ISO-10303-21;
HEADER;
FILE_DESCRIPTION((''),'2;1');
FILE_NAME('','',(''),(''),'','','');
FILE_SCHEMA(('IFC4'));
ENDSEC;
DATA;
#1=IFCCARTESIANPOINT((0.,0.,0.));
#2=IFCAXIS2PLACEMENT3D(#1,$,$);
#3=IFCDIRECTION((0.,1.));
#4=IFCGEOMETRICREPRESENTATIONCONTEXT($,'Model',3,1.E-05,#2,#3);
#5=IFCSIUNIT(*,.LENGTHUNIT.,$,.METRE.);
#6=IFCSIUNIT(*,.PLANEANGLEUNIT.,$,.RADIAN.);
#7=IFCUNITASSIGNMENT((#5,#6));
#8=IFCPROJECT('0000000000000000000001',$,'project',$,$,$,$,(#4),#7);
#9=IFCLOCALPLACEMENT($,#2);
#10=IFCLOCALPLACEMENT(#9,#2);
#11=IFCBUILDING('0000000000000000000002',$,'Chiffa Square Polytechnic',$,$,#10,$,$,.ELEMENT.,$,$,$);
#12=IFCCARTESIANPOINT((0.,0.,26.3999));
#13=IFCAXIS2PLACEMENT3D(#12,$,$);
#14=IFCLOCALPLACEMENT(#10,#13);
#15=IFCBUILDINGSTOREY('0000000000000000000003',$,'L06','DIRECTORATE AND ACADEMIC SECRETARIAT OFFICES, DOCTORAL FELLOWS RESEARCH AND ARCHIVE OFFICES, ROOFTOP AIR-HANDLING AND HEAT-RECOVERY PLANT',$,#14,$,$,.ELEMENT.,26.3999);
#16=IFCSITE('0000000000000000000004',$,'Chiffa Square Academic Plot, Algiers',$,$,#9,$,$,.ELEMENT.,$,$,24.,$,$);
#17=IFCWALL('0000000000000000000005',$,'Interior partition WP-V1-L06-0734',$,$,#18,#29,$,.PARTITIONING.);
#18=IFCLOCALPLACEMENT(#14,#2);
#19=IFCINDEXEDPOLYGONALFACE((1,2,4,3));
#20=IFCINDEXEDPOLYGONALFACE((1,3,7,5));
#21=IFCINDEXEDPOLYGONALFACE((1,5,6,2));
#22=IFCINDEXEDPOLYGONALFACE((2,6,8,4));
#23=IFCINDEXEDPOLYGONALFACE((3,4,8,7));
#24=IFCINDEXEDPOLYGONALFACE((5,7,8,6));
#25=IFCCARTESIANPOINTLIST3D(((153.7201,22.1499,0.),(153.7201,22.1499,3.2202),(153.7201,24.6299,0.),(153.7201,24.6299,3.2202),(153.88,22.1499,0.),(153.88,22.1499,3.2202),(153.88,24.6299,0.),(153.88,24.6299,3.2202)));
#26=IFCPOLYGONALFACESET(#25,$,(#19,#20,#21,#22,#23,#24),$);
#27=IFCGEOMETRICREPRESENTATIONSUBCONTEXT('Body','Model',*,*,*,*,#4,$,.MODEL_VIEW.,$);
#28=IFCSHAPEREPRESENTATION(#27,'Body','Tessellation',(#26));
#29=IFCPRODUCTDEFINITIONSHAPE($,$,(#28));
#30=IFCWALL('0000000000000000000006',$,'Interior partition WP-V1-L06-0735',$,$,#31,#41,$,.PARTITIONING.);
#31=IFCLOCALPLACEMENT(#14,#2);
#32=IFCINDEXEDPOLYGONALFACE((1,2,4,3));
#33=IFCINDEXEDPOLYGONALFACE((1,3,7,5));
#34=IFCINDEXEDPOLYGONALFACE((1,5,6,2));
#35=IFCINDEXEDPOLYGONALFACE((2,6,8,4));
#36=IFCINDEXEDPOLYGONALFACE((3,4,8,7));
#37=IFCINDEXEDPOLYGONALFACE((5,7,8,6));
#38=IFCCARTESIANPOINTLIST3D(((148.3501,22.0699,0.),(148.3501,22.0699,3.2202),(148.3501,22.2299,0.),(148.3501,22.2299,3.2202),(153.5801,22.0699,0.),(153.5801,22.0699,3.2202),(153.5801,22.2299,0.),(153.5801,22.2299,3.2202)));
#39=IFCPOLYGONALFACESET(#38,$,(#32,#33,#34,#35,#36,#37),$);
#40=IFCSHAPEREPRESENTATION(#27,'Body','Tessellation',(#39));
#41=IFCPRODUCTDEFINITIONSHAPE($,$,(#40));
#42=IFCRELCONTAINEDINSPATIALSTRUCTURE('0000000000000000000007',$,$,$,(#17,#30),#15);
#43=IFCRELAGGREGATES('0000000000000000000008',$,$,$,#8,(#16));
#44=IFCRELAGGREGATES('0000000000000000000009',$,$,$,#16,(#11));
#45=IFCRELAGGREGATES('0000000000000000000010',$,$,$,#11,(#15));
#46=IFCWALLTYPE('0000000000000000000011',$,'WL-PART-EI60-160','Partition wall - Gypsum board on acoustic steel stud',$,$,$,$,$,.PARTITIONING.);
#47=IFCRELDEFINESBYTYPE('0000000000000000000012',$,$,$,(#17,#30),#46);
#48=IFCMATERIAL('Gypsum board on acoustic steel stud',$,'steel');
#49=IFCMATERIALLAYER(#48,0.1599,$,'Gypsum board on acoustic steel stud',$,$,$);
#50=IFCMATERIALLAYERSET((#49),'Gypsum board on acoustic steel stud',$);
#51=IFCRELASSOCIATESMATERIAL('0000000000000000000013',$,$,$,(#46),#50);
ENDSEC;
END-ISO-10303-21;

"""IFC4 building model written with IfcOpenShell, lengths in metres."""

from ifc_helpers import new_model, si_unit, direction, frame, frame_2d, origin, place, context, subcontext, project, spatial, rectangle, extrude, material, layer, layer_set, type_object, element, save


model = new_model("IFC4")

# Units and contexts
model_context = context("Model", 3, precision=1e-05, world=origin(), true_north=direction((0.0, 1.0)))
body_context = subcontext(model_context, "Body", "Model", "MODEL_VIEW")
ifc_project = project(units=[si_unit("LENGTHUNIT", "METRE"), si_unit("PLANEANGLEUNIT", "RADIAN")], contexts=[model_context])

# Site, building, storey
site_placement = place(None, origin())
site = spatial("IfcSite", under=ifc_project, at=site_placement, Name="Chiffa Square Academic Plot, Algiers", CompositionType="ELEMENT", RefElevation=24.0)
building_placement = place(site_placement, origin())
building = spatial("IfcBuilding", under=site, at=building_placement, Name="Chiffa Square Polytechnic", CompositionType="ELEMENT")
storey_placement = place(building_placement, frame((0.0, 0.0, 26.3999)))
storey = spatial("IfcBuildingStorey", under=building, at=storey_placement, Name="L06", Description="DIRECTORATE AND ACADEMIC SECRETARIAT OFFICES, DOCTORAL FELLOWS RESEARCH AND ARCHIVE OFFICES, ROOFTOP AIR-HANDLING AND HEAT-RECOVERY PLANT", CompositionType="ELEMENT", Elevation=26.3999)

# Shared definitions
ifc_material_1 = material(Name="Gypsum board on acoustic steel stud", Category="steel")
ifc_layer_1 = layer(ifc_material_1, 0.1599, Name="Gypsum board on acoustic steel stud")
ifc_layer_set_1 = layer_set([ifc_layer_1], Name="Gypsum board on acoustic steel stud")
wall_type_1 = type_object("IfcWallType", Name="WL-PART-EI60-160", Description="Partition wall - Gypsum board on acoustic steel stud", PredefinedType="PARTITIONING", material=ifc_layer_set_1)

# Walls
wall_1_placement = place(storey_placement, frame((153.8, 22.1499, 0.0), z_axis=(0.0, 0.0, 1.0), x_axis=(0.0, 1.0, 0.0)))
element("IfcWall", 1, at=wall_1_placement, inside=storey, type_object=wall_type_1, Name="Interior partition WP-V1-L06-0734", PredefinedType="PARTITIONING", context=body_context, shape_type="SweptSolid", body=[
    extrude(rectangle(XDim=2.48, YDim=0.1599, at=frame_2d((1.24, 0.0))), origin(), (0.0, 0.0, 1.0), 3.2202),
])
wall_2_placement = place(storey_placement, frame((148.3501, 22.1499, 0.0), z_axis=(0.0, 0.0, 1.0), x_axis=(1.0, 0.0, 0.0)))
element("IfcWall", 2, at=wall_2_placement, inside=storey, type_object=wall_type_1, Name="Interior partition WP-V1-L06-0735", PredefinedType="PARTITIONING", context=body_context, shape_type="SweptSolid", body=[
    extrude(rectangle(XDim=5.23, YDim=0.1599, at=frame_2d((2.615, 0.0))), origin(), (0.0, 0.0, 1.0), 3.2202),
])

save(model, "model.ifc")
